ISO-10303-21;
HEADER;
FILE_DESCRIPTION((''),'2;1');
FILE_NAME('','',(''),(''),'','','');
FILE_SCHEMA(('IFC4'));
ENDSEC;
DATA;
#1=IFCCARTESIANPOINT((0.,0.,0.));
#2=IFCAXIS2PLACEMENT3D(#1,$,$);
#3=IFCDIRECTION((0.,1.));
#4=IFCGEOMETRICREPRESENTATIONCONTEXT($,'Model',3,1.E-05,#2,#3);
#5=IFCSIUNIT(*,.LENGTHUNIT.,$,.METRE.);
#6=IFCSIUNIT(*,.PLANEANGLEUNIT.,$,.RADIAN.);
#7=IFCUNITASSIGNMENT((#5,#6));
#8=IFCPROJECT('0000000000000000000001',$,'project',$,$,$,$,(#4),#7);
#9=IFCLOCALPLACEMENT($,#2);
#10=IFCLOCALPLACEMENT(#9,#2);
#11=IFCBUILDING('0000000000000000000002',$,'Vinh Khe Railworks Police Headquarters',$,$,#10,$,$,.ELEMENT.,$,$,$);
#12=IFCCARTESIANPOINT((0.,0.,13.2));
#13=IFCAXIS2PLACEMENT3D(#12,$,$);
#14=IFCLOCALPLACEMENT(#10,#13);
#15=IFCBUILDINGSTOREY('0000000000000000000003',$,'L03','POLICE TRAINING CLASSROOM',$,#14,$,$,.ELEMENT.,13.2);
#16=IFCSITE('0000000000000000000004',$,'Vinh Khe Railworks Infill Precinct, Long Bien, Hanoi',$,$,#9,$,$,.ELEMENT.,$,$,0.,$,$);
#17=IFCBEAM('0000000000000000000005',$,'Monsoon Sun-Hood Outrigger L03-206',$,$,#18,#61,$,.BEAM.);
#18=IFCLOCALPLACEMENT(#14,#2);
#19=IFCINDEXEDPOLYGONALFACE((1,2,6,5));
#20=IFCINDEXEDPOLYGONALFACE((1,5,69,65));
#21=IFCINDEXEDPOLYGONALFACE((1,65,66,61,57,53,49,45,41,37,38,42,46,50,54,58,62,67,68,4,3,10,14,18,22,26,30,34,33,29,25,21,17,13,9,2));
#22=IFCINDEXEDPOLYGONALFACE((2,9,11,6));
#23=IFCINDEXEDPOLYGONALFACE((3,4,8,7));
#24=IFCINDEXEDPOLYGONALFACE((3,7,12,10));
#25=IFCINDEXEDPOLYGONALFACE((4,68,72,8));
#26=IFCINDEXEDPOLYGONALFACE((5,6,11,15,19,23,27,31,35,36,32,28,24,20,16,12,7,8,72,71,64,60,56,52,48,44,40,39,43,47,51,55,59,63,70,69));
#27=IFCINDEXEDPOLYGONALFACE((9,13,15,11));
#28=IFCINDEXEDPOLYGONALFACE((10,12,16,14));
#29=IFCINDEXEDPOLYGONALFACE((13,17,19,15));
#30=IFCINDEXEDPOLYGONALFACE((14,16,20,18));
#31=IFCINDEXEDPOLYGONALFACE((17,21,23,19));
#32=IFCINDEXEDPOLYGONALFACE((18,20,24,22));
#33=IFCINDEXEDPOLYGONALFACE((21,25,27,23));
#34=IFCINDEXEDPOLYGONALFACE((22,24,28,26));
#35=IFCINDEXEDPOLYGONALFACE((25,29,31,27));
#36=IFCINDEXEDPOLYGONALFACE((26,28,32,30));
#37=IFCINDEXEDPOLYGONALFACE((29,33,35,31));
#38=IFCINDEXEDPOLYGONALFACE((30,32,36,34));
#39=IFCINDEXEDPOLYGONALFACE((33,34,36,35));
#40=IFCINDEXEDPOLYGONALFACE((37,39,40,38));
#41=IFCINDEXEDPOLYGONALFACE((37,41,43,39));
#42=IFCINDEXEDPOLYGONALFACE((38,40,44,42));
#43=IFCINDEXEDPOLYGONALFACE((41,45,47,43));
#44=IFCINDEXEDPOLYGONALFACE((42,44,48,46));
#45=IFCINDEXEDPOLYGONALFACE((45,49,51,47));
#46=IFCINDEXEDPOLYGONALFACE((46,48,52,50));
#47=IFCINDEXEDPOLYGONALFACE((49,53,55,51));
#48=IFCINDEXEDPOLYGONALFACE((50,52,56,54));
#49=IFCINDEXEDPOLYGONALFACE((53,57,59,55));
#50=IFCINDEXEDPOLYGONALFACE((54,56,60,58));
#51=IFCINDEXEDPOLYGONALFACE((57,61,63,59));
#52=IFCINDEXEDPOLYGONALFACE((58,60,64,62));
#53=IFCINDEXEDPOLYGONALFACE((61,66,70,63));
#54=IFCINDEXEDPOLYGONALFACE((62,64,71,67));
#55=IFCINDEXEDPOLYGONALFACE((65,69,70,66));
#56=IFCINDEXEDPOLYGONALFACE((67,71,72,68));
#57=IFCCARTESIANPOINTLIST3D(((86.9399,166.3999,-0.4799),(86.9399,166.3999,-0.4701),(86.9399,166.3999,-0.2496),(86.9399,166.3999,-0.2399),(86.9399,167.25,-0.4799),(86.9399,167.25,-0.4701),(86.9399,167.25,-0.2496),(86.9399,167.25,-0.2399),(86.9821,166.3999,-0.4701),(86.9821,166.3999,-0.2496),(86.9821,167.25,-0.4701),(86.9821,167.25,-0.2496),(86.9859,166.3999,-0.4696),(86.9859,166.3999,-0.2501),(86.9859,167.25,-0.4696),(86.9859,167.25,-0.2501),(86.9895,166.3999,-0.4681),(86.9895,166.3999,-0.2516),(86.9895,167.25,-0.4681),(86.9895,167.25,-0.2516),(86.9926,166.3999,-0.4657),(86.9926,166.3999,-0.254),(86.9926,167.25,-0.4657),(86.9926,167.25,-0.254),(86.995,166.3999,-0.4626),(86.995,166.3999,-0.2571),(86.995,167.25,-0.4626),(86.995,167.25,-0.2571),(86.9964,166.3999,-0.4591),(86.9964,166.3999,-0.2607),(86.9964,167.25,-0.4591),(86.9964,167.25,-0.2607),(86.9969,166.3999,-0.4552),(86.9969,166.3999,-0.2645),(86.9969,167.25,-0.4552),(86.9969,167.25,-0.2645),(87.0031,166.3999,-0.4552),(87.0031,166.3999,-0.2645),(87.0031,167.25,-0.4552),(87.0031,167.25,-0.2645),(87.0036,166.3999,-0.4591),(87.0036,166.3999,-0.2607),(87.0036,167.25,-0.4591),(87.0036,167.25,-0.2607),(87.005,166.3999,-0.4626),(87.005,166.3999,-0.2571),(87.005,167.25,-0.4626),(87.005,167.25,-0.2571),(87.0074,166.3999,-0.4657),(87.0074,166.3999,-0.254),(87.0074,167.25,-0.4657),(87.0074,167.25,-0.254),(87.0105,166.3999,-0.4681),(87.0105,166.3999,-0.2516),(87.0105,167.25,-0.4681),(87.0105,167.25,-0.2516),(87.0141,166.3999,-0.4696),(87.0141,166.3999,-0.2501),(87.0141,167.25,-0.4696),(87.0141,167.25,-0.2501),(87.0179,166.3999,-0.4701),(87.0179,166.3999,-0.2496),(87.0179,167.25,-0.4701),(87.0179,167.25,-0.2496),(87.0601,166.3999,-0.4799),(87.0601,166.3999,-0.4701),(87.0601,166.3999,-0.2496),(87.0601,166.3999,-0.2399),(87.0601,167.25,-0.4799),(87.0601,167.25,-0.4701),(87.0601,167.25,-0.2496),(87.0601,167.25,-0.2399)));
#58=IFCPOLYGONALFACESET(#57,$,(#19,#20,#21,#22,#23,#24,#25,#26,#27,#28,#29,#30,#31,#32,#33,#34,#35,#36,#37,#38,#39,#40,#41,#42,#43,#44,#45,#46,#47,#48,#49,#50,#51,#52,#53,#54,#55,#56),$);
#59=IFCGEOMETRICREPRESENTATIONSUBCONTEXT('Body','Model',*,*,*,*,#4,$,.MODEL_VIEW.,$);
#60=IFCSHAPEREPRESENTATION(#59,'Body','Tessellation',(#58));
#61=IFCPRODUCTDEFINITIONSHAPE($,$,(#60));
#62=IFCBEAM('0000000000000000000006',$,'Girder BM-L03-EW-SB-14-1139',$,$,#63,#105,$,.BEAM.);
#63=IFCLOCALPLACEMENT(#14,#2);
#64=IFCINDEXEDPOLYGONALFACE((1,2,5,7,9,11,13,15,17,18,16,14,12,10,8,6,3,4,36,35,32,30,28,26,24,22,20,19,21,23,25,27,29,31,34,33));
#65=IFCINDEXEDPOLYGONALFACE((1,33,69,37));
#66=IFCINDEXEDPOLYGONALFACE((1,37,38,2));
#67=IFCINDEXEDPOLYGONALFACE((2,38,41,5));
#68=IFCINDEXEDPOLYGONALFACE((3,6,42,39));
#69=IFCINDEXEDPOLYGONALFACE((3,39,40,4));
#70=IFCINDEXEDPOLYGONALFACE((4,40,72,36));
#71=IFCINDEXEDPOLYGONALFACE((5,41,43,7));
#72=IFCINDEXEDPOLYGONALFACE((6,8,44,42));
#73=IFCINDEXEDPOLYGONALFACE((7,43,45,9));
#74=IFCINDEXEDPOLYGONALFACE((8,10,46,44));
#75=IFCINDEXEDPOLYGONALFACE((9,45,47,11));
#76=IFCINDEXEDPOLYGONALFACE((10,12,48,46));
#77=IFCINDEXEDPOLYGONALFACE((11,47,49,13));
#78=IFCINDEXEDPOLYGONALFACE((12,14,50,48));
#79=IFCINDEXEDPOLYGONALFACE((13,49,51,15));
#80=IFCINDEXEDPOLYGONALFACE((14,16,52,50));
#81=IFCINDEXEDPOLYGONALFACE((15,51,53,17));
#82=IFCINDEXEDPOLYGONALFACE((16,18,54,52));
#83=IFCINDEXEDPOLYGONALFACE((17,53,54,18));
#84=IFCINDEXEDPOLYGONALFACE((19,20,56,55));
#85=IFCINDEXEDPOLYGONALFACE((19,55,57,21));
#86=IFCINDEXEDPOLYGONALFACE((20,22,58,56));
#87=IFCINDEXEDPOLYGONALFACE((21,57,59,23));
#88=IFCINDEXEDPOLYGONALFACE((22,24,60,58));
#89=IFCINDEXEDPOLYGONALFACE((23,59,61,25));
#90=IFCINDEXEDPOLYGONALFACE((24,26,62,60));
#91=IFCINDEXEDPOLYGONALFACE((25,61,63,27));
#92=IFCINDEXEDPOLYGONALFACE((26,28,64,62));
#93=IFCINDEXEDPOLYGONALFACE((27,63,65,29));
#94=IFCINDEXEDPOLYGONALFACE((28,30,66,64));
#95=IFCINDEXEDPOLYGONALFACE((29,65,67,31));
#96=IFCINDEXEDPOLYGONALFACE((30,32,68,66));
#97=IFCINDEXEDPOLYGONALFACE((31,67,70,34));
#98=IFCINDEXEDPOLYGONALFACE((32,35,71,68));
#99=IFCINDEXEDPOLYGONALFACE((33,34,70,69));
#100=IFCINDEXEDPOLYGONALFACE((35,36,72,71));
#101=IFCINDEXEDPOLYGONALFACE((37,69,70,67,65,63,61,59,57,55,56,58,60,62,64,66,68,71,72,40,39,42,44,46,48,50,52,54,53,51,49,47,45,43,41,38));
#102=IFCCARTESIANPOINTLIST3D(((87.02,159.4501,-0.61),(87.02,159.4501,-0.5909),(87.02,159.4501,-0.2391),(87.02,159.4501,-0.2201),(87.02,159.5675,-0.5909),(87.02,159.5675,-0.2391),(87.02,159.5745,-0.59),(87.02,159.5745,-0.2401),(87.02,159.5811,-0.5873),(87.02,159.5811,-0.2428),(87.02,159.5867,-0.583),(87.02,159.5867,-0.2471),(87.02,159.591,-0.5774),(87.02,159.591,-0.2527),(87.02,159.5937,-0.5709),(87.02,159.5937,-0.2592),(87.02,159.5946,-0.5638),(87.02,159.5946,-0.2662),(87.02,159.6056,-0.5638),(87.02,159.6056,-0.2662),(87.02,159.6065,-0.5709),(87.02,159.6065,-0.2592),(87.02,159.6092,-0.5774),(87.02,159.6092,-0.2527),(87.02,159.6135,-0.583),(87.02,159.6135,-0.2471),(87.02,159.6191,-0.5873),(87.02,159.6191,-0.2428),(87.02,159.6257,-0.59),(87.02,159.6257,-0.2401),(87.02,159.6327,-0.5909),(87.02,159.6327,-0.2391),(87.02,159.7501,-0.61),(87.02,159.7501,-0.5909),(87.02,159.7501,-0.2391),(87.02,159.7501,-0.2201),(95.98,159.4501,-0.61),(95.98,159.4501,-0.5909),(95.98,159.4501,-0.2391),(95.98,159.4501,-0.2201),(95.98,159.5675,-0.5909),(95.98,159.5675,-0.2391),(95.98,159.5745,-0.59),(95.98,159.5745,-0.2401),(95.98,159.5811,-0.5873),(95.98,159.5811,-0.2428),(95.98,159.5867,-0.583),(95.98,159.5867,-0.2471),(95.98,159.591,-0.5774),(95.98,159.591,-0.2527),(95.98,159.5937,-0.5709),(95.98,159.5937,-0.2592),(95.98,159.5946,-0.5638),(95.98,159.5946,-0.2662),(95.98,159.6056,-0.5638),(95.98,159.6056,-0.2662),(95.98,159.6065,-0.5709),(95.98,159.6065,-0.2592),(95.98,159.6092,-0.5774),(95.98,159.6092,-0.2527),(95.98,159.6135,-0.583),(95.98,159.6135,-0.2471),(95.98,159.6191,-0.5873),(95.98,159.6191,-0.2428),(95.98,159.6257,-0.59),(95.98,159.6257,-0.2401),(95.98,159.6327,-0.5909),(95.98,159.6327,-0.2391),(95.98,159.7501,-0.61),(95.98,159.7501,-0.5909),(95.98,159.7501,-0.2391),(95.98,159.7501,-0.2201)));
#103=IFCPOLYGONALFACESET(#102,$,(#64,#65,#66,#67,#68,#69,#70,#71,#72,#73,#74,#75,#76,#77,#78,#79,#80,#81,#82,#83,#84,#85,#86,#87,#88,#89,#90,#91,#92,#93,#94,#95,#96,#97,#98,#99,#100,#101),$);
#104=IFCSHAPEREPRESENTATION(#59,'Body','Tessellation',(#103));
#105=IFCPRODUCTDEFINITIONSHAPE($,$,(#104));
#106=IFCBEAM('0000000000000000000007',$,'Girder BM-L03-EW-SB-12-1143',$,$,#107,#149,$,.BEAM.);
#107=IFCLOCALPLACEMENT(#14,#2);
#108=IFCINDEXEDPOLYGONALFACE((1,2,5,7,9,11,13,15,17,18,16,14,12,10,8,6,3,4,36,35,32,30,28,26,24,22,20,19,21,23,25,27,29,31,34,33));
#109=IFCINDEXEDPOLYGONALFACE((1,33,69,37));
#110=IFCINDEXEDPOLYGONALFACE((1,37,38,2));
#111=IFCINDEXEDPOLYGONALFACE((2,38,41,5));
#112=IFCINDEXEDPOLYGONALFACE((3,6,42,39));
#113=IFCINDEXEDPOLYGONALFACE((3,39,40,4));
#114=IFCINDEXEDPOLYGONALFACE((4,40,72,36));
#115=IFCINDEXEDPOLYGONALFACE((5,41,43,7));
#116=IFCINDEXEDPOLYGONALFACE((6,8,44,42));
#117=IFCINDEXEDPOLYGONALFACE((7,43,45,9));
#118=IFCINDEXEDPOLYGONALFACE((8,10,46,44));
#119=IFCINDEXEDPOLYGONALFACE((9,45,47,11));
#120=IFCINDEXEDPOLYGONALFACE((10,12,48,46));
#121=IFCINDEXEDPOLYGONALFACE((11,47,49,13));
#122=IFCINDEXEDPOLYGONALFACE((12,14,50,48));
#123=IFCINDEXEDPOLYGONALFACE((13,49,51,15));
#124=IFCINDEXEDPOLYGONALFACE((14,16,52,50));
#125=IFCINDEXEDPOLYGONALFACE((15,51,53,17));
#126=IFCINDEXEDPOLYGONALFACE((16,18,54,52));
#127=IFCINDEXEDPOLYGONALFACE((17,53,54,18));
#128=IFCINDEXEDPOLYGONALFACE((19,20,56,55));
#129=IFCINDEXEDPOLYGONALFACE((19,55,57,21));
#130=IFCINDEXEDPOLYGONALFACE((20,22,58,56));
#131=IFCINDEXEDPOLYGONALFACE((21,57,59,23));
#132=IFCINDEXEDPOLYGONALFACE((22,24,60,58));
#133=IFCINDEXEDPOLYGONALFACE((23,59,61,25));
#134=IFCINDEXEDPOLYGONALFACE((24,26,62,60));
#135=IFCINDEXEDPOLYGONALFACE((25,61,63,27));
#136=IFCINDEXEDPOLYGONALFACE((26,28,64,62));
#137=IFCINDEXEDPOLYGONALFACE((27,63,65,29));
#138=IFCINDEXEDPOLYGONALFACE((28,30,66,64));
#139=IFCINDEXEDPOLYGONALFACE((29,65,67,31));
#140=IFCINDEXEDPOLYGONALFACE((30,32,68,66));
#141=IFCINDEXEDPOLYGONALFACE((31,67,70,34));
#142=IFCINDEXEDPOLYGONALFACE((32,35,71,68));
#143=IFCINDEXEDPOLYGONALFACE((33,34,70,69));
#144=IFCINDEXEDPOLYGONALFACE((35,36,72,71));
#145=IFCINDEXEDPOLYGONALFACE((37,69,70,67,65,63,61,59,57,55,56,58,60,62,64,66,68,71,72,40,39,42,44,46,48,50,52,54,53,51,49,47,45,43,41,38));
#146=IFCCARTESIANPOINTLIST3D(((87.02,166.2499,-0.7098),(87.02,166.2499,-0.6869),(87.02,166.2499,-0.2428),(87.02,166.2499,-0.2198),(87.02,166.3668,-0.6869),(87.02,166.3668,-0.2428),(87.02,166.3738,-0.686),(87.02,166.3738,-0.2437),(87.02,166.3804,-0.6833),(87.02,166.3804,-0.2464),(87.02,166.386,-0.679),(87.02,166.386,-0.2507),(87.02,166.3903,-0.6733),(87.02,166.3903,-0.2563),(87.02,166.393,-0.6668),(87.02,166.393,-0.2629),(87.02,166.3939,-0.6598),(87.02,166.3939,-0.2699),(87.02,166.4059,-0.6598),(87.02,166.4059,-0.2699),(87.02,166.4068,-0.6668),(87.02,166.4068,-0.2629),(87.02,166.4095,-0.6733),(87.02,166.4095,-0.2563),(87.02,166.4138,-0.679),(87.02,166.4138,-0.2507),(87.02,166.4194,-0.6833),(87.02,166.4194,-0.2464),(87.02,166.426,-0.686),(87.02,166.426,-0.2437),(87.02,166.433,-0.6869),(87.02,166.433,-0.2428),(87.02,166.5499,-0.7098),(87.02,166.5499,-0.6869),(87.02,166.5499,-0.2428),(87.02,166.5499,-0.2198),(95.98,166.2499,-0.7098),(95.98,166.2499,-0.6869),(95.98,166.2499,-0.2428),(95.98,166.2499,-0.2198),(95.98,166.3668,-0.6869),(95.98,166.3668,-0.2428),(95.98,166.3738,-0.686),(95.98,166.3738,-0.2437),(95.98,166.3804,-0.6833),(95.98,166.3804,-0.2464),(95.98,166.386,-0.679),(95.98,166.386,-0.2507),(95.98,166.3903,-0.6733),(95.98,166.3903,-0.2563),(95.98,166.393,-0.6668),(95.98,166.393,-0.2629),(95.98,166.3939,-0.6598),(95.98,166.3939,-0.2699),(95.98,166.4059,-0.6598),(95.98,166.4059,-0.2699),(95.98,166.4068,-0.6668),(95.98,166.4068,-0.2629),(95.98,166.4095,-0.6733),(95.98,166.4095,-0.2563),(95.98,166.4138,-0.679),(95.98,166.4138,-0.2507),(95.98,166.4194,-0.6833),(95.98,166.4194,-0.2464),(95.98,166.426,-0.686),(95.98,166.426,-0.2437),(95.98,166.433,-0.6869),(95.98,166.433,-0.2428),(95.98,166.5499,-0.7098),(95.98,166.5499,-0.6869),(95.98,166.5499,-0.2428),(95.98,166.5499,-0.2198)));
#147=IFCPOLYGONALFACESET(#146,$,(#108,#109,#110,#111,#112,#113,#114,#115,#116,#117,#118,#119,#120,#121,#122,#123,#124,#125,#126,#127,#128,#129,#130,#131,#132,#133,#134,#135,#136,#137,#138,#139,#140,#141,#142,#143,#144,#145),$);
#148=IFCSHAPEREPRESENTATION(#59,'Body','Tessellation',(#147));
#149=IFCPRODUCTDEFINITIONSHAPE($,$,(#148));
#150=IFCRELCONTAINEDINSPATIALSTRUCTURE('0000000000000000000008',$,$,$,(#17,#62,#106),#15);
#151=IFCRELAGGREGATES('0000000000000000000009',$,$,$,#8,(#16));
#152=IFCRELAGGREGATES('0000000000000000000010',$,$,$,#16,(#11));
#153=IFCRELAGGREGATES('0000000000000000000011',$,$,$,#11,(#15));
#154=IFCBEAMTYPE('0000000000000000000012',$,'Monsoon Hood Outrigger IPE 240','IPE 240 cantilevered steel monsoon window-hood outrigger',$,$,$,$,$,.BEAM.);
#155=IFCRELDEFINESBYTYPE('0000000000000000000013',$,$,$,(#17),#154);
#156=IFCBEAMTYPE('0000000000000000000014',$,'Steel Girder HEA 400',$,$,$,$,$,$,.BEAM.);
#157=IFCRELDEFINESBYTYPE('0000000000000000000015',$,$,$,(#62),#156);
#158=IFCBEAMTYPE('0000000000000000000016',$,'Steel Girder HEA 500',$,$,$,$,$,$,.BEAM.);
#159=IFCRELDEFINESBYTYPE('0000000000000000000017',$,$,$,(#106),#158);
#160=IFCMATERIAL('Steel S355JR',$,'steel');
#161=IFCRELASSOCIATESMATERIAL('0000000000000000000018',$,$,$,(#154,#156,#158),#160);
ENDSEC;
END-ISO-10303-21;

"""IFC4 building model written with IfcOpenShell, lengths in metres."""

from ifc_helpers import new_model, si_unit, direction, frame, origin, origin_2d, place, context, subcontext, project, spatial, i_section, extrude, material, material_profile, profile_set, type_object, element, save


model = new_model("IFC4")

# Units and contexts
model_context = context("Model", 3, precision=1e-05, world=origin(), true_north=direction((0.0, 1.0)))
body_context = subcontext(model_context, "Body", "Model", "MODEL_VIEW")
ifc_project = project(units=[si_unit("LENGTHUNIT", "METRE"), si_unit("PLANEANGLEUNIT", "RADIAN")], contexts=[model_context])

# Site, building, storey
site_placement = place(None, origin())
site = spatial("IfcSite", under=ifc_project, at=site_placement, Name="Vinh Khe Railworks Infill Precinct, Long Bien, Hanoi", CompositionType="ELEMENT", RefElevation=0.0)
building_placement = place(site_placement, origin())
building = spatial("IfcBuilding", under=site, at=building_placement, Name="Vinh Khe Railworks Police Headquarters", CompositionType="ELEMENT")
storey_placement = place(building_placement, frame((0.0, 0.0, 13.2)))
storey = spatial("IfcBuildingStorey", under=building, at=storey_placement, Name="L03", Description="POLICE TRAINING CLASSROOM", CompositionType="ELEMENT", Elevation=13.2)

# Shared definitions
ifc_material_1 = material(Name="Steel S355JR", Category="steel")

# Beams
ifc_material_profile_1 = material_profile(ifc_material_1, i_section(OverallWidth=0.1201, OverallDepth=0.24, WebThickness=0.0061, FlangeThickness=0.0098, FilletRadius=0.0149, at=origin_2d()), Name="IPE 240")
ifc_profile_set_1 = profile_set([ifc_material_profile_1], Name="Steel S355JR")
beam_type_1 = type_object("IfcBeamType", Name="Monsoon Hood Outrigger IPE 240", Description="IPE 240 cantilevered steel monsoon window-hood outrigger", PredefinedType="BEAM", material=ifc_profile_set_1)
beam_1_placement = place(storey_placement, frame((87.0, 166.3999, -0.3599), z_axis=(0.0, 1.0, 0.0), x_axis=(-1.0, 0.0, 0.0)))
element("IfcBeam", 1, at=beam_1_placement, inside=storey, type_object=beam_type_1, Name="Monsoon Sun-Hood Outrigger L03-206", PredefinedType="BEAM", context=body_context, shape_type="SweptSolid", body=[
    extrude(i_section(OverallWidth=0.1201, OverallDepth=0.24, WebThickness=0.0061, FlangeThickness=0.0098, FilletRadius=0.0149, at=origin_2d()), origin(), (0.0, 0.0, 1.0), 0.8501),
])
ifc_material_profile_2 = material_profile(ifc_material_1, i_section(OverallWidth=0.3, OverallDepth=0.3899, WebThickness=0.011, FlangeThickness=0.019, FilletRadius=0.0271, at=origin_2d()), Name="HEA 400")
ifc_profile_set_2 = profile_set([ifc_material_profile_2], Name="Steel S355JR")
beam_type_2 = type_object("IfcBeamType", Name="Steel Girder HEA 400", PredefinedType="BEAM", material=ifc_profile_set_2)
beam_2_placement = place(storey_placement, frame((87.02, 159.6001, -0.415), z_axis=(1.0, 0.0, 0.0), x_axis=(0.0, 1.0, 0.0)))
element("IfcBeam", 2, at=beam_2_placement, inside=storey, type_object=beam_type_2, Name="Girder BM-L03-EW-SB-14-1139", PredefinedType="BEAM", context=body_context, shape_type="SweptSolid", body=[
    extrude(i_section(OverallWidth=0.3, OverallDepth=0.3899, WebThickness=0.011, FlangeThickness=0.019, FilletRadius=0.0271, at=origin_2d()), origin(), (0.0, 0.0, 1.0), 8.96),
])
ifc_material_profile_3 = material_profile(ifc_material_1, i_section(OverallWidth=0.3, OverallDepth=0.49, WebThickness=0.012, FlangeThickness=0.0229, FilletRadius=0.0271, at=origin_2d()), Name="HEA 500")
ifc_profile_set_3 = profile_set([ifc_material_profile_3], Name="Steel S355JR")
beam_type_3 = type_object("IfcBeamType", Name="Steel Girder HEA 500", PredefinedType="BEAM", material=ifc_profile_set_3)
beam_3_placement = place(storey_placement, frame((87.02, 166.3999, -0.4648), z_axis=(1.0, 0.0, 0.0), x_axis=(0.0, 1.0, 0.0)))
element("IfcBeam", 3, at=beam_3_placement, inside=storey, type_object=beam_type_3, Name="Girder BM-L03-EW-SB-12-1143", PredefinedType="BEAM", context=body_context, shape_type="SweptSolid", body=[
    extrude(i_section(OverallWidth=0.3, OverallDepth=0.49, WebThickness=0.012, FlangeThickness=0.0229, FilletRadius=0.0271, at=origin_2d()), origin(), (0.0, 0.0, 1.0), 8.96),
])

save(model, "model.ifc")
